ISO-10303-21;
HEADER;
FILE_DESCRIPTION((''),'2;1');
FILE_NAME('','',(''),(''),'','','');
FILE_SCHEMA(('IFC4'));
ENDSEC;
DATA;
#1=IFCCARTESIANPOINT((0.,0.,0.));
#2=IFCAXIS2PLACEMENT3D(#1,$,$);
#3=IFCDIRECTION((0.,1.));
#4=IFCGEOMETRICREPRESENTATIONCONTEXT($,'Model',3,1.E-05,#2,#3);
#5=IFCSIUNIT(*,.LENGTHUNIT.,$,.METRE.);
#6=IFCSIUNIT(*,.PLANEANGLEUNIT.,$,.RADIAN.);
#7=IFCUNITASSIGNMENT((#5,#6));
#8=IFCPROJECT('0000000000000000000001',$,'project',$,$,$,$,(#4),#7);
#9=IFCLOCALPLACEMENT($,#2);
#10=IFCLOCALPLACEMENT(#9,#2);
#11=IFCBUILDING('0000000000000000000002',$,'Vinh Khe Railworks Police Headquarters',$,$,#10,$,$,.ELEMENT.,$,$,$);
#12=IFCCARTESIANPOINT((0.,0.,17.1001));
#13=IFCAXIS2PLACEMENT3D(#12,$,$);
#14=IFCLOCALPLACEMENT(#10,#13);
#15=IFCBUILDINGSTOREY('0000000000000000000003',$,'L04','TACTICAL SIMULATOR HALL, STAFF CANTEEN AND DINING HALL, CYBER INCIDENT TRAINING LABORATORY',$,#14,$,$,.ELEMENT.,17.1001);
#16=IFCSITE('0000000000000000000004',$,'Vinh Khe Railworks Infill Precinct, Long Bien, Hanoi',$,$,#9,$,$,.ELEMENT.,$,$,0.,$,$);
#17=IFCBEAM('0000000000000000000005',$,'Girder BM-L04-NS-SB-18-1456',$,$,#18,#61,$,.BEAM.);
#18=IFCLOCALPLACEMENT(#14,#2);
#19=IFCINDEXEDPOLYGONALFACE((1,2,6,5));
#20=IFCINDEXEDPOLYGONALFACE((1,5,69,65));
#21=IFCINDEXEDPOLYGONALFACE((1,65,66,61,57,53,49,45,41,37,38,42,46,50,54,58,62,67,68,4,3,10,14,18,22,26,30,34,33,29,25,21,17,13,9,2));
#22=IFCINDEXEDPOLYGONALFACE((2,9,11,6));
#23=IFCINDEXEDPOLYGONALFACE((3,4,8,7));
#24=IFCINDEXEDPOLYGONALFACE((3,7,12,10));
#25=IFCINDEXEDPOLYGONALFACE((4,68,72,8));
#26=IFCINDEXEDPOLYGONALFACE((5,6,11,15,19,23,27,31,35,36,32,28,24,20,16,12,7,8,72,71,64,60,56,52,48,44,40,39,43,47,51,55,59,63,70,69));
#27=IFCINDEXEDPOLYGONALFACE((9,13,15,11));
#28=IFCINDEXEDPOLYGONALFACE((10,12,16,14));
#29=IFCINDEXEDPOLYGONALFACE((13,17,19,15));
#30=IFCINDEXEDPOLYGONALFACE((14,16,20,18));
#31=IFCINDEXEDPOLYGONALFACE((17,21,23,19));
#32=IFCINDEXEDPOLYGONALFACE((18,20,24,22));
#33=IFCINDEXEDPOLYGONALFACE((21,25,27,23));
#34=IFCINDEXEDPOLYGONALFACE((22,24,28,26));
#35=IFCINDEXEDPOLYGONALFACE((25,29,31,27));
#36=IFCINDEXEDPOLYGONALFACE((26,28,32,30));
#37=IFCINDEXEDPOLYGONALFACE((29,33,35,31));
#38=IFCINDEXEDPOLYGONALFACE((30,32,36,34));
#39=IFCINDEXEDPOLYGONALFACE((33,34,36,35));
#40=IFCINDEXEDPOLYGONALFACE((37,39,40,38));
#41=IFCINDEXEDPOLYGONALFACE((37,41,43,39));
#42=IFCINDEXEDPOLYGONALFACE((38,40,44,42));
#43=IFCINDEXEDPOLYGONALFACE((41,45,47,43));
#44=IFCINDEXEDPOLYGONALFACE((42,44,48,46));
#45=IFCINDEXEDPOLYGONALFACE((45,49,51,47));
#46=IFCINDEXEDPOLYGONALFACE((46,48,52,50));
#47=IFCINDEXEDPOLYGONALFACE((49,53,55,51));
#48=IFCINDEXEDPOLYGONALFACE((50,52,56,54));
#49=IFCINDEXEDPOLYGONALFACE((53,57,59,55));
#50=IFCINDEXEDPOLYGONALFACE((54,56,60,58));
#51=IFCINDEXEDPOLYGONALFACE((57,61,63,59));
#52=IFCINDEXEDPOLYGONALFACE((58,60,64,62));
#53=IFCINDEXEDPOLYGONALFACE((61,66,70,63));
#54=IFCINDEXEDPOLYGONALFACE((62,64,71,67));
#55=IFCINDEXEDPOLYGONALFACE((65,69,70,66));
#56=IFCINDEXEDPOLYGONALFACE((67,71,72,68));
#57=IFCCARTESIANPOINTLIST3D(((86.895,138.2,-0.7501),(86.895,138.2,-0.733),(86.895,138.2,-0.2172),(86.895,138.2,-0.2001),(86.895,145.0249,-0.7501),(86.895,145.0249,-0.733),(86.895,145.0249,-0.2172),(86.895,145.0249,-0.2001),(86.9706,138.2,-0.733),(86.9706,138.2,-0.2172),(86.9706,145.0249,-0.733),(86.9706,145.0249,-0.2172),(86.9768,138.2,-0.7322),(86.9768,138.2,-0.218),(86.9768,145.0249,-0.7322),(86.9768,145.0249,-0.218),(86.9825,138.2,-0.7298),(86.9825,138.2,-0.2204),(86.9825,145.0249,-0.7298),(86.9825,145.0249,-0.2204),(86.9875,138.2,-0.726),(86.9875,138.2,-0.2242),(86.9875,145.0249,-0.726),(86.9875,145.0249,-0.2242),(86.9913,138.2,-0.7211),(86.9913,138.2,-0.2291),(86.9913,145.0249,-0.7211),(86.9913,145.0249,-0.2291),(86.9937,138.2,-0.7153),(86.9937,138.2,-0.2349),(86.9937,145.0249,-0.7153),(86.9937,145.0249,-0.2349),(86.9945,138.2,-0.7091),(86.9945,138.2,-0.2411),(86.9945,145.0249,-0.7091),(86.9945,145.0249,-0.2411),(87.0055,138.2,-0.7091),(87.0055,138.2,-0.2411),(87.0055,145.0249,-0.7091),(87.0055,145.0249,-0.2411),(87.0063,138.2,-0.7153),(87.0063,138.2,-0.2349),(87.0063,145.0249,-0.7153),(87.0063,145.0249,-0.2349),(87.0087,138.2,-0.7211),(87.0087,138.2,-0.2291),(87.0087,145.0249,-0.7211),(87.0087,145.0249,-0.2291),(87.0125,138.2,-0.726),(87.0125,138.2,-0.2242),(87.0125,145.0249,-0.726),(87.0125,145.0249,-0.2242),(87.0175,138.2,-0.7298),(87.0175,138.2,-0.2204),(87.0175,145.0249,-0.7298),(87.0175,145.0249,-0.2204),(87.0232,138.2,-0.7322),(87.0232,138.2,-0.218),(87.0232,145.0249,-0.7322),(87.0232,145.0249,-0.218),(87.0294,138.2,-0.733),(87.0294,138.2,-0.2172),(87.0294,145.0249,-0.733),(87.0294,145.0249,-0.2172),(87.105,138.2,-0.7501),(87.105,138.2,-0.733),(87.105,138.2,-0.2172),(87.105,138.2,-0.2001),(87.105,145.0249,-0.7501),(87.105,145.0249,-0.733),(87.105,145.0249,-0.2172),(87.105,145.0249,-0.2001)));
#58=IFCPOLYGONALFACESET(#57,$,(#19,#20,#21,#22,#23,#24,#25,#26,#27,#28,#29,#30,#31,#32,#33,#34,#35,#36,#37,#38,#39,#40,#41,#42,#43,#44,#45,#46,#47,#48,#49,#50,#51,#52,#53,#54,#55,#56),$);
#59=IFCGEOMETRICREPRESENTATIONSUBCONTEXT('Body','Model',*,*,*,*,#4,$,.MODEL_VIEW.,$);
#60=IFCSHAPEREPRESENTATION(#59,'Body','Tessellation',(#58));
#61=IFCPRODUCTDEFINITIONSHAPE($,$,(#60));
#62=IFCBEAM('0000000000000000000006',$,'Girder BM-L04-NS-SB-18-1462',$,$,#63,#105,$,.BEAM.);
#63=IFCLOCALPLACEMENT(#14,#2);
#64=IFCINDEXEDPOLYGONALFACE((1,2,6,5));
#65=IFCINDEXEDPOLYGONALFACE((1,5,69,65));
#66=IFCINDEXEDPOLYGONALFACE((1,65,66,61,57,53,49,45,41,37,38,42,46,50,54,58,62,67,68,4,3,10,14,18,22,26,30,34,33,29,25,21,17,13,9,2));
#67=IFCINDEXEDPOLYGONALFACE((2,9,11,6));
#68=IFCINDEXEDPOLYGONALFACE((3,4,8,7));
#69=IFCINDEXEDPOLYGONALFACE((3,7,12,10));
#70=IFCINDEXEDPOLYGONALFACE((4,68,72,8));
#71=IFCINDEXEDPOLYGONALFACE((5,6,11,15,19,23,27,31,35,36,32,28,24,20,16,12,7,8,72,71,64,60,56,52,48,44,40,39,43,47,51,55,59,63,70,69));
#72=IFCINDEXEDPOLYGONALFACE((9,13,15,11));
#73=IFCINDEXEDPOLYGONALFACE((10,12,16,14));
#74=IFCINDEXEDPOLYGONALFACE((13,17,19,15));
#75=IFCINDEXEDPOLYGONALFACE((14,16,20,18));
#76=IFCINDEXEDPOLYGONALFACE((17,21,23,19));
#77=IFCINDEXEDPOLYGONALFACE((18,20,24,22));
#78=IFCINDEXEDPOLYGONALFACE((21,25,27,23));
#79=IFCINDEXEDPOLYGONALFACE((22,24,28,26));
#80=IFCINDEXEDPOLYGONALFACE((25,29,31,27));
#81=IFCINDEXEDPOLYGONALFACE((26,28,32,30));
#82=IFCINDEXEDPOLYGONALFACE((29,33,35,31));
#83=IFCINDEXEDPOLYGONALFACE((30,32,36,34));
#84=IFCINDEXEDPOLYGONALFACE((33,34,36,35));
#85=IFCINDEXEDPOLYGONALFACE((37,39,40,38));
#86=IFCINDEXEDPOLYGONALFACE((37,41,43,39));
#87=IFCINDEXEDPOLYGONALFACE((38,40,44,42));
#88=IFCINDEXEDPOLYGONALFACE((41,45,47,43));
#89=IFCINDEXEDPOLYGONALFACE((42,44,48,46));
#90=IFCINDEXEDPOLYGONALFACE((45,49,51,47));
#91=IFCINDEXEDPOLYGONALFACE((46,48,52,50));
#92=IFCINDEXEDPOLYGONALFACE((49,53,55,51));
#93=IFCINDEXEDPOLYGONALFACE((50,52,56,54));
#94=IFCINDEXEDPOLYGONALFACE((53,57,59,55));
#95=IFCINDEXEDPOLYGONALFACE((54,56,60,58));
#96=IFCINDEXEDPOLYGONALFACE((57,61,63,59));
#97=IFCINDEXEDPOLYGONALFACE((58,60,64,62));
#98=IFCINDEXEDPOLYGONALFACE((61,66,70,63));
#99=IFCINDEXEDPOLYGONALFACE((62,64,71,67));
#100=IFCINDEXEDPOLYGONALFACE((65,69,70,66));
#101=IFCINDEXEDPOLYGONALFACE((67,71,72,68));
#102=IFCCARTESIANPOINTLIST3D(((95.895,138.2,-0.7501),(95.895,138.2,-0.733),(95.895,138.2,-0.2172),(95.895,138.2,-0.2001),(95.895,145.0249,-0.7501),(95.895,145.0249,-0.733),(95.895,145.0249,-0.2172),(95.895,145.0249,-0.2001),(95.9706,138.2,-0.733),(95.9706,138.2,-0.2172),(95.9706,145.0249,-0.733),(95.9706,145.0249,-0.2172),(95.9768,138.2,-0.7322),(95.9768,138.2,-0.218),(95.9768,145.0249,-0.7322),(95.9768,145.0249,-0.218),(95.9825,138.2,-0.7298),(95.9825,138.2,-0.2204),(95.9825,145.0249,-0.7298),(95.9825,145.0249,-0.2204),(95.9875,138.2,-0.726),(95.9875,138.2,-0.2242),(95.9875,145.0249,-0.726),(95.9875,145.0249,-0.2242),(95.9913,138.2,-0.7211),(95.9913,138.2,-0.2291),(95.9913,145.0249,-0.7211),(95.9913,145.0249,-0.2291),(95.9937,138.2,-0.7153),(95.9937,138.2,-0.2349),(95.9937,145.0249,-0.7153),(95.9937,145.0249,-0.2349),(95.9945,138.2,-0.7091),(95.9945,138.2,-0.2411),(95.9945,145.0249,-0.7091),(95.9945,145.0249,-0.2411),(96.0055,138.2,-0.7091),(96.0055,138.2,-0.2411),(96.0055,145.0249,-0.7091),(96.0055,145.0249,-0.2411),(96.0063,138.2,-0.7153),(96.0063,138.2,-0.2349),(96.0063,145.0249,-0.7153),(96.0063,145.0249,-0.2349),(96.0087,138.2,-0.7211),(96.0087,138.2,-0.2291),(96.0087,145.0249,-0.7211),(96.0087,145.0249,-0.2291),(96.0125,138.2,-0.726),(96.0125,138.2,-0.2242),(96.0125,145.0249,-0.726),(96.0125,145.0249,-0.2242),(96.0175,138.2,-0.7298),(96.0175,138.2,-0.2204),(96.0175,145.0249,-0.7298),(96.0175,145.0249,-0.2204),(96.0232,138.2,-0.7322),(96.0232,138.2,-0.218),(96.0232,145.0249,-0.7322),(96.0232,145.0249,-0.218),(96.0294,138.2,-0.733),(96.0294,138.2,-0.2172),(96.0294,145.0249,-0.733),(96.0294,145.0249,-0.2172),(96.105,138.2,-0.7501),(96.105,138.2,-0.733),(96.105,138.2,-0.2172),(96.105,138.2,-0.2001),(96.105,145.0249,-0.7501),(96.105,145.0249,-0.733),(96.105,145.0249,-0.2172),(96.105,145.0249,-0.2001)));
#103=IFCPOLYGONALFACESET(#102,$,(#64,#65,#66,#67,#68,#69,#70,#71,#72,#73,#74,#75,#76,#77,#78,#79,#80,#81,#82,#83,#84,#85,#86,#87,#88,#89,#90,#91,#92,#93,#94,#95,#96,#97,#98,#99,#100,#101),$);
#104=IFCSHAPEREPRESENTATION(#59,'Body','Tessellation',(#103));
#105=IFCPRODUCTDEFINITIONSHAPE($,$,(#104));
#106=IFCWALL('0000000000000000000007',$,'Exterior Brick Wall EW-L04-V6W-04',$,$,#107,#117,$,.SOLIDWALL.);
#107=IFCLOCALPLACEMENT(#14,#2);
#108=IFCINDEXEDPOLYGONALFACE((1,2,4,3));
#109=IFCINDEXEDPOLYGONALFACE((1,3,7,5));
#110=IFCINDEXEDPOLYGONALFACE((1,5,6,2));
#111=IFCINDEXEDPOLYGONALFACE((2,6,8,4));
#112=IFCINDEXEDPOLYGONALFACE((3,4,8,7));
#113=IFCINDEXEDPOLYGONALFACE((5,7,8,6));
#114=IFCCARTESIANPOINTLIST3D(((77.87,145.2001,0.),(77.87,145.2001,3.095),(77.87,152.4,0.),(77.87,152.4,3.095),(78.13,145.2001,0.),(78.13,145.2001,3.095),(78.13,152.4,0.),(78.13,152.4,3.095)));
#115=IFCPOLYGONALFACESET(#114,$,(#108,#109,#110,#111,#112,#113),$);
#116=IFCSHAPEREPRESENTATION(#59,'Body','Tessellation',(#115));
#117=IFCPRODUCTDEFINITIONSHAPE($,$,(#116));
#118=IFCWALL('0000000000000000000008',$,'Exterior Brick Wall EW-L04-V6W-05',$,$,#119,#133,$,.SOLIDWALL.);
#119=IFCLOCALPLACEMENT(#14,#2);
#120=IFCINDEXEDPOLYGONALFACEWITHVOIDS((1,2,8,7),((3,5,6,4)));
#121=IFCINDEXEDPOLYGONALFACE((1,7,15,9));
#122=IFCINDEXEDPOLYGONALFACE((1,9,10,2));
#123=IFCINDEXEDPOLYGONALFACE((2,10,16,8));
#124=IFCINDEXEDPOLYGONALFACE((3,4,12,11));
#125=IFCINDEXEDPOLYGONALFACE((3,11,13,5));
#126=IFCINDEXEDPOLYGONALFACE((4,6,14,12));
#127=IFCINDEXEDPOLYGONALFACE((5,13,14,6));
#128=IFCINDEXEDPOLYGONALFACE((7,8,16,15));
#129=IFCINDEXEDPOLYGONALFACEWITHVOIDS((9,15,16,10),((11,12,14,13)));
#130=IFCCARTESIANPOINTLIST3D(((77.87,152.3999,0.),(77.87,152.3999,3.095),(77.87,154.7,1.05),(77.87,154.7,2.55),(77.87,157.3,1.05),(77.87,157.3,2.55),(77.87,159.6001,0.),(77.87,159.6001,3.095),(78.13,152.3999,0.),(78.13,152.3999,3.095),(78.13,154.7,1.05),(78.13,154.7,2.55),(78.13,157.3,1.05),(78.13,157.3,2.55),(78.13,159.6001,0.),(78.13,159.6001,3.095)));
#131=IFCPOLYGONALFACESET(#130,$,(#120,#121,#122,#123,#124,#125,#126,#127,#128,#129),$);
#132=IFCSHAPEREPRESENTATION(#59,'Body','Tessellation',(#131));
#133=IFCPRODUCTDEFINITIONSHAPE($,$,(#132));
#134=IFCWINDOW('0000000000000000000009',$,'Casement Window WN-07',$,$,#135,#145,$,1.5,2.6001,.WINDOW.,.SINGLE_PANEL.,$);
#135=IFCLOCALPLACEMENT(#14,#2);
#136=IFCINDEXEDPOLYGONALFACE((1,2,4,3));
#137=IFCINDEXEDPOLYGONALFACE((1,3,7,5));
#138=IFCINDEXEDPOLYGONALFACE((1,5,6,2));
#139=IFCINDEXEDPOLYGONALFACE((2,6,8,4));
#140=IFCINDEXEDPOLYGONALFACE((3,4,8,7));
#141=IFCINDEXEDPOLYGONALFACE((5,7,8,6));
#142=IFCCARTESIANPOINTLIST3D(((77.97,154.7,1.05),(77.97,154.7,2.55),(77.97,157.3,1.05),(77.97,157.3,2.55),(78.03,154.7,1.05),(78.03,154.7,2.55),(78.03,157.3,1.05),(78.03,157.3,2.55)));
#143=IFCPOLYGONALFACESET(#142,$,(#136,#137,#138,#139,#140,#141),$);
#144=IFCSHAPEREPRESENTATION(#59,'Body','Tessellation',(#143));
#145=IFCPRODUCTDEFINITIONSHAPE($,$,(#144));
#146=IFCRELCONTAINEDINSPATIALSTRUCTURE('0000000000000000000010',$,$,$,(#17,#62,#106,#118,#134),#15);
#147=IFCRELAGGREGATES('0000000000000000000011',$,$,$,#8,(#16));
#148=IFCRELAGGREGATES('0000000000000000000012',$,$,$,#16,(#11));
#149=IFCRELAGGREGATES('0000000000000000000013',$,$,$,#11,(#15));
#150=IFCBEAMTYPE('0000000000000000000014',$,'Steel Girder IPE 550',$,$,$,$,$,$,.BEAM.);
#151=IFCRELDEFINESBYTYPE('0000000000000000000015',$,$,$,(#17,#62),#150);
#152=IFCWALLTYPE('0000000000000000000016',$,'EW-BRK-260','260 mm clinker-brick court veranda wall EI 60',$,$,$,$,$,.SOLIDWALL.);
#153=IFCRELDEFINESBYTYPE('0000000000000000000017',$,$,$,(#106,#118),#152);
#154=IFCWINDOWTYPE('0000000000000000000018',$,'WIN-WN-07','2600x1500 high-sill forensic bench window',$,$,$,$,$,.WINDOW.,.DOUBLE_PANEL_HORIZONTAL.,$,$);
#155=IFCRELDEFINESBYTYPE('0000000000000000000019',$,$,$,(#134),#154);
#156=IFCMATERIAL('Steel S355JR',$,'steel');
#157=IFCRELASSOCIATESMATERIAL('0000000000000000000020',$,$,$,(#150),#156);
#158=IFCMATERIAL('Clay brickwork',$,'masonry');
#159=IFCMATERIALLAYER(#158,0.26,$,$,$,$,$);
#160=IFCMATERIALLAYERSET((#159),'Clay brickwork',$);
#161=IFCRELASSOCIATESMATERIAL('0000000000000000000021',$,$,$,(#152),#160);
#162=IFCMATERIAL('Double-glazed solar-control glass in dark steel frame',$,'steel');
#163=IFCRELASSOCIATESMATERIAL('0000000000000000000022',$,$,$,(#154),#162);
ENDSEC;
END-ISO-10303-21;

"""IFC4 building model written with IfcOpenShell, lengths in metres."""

from ifc_helpers import new_model, si_unit, direction, frame, frame_2d, origin, origin_2d, place, context, subcontext, project, spatial, rectangle, i_section, extrude, material, layer, layer_set, material_profile, profile_set, type_object, element, fill, save


model = new_model("IFC4")

# Units and contexts
model_context = context("Model", 3, precision=1e-05, world=origin(), true_north=direction((0.0, 1.0)))
body_context = subcontext(model_context, "Body", "Model", "MODEL_VIEW")
ifc_project = project(units=[si_unit("LENGTHUNIT", "METRE"), si_unit("PLANEANGLEUNIT", "RADIAN")], contexts=[model_context])

# Site, building, storey
site_placement = place(None, origin())
site = spatial("IfcSite", under=ifc_project, at=site_placement, Name="Vinh Khe Railworks Infill Precinct, Long Bien, Hanoi", CompositionType="ELEMENT", RefElevation=0.0)
building_placement = place(site_placement, origin())
building = spatial("IfcBuilding", under=site, at=building_placement, Name="Vinh Khe Railworks Police Headquarters", CompositionType="ELEMENT")
storey_placement = place(building_placement, frame((0.0, 0.0, 17.1001)))
storey = spatial("IfcBuildingStorey", under=building, at=storey_placement, Name="L04", Description="TACTICAL SIMULATOR HALL, STAFF CANTEEN AND DINING HALL, CYBER INCIDENT TRAINING LABORATORY", CompositionType="ELEMENT", Elevation=17.1001)

# Shared definitions
ifc_material_1 = material(Name="Steel S355JR", Category="steel")

# Beams
ifc_material_profile_1 = material_profile(ifc_material_1, i_section(OverallWidth=0.21, OverallDepth=0.55, WebThickness=0.011, FlangeThickness=0.0171, FilletRadius=0.0239, at=origin_2d()), Name="IPE 550")
ifc_profile_set_1 = profile_set([ifc_material_profile_1], Name="Steel S355JR")
beam_type_1 = type_object("IfcBeamType", Name="Steel Girder IPE 550", PredefinedType="BEAM", material=ifc_profile_set_1)
for number, where, z_axis, x_axis, name in (
    (1, (87.0, 138.2, -0.4751), (0.0, 1.0, 0.0), (-1.0, 0.0, 0.0), "Girder BM-L04-NS-SB-18-1456"),
    (2, (96.0, 138.2, -0.4751), (0.0, 1.0, 0.0), (-1.0, 0.0, 0.0), "Girder BM-L04-NS-SB-18-1462"),
):
    element("IfcBeam", number, at=place(storey_placement, frame(where, z_axis=z_axis, x_axis=x_axis)), inside=storey, type_object=beam_type_1, Name=name, PredefinedType="BEAM", context=body_context, shape_type="SweptSolid", body=[
        extrude(i_section(OverallWidth=0.21, OverallDepth=0.55, WebThickness=0.011, FlangeThickness=0.0171, FilletRadius=0.0239, at=origin_2d()), origin(), (0.0, 0.0, 1.0), 6.825),
    ])

# Wall
ifc_material_2 = material(Name="Clay brickwork", Category="masonry")
ifc_layer_1 = layer(ifc_material_2, 0.26)
ifc_layer_set_1 = layer_set([ifc_layer_1], Name="Clay brickwork")
wall_type_1 = type_object("IfcWallType", Name="EW-BRK-260", Description="260 mm clinker-brick court veranda wall EI 60", PredefinedType="SOLIDWALL", material=ifc_layer_set_1)
wall_1_placement = place(storey_placement, frame((78.0, 145.2, 0.0), z_axis=(0.0, 0.0, 1.0), x_axis=(0.0, 1.0, 0.0)))
element("IfcWall", 3, at=wall_1_placement, inside=storey, type_object=wall_type_1, Name="Exterior Brick Wall EW-L04-V6W-04", PredefinedType="SOLIDWALL", context=body_context, shape_type="SweptSolid", body=[
    extrude(rectangle(XDim=7.2, YDim=0.26, at=frame_2d((3.6001, 0.0))), origin(), (0.0, 0.0, 1.0), 3.095),
])

# Wall, opening, window
wall_2_placement = place(storey_placement, frame((78.0, 152.3999, 0.0), z_axis=(0.0, 0.0, 1.0), x_axis=(0.0, 1.0, 0.0)))
wall_2 = element("IfcWall", 4, at=wall_2_placement, inside=storey, type_object=wall_type_1, Name="Exterior Brick Wall EW-L04-V6W-05", PredefinedType="SOLIDWALL", context=body_context, shape_type="SweptSolid", body=[
    extrude(rectangle(XDim=7.2002, YDim=0.26, at=frame_2d((3.6001, 0.0))), origin(), (0.0, 0.0, 1.0), 3.095),
])
opening_1_placement = place(wall_2_placement, frame((2.3, 0.0, 1.05)))
opening_1 = element("IfcOpeningElement", 5, at=opening_1_placement, cuts=wall_2, PredefinedType="OPENING", context=body_context, shape_type="SweptSolid", body=[
    extrude(rectangle(XDim=2.6001, YDim=1.5, at=frame_2d((1.3, 0.75))), frame((0.0, 0.145, 0.0), z_axis=(0.0, -1.0, 0.0), x_axis=(1.0, 0.0, 0.0)), (0.0, 0.0, 1.0), 0.2898),
])
ifc_material_3 = material(Name="Double-glazed solar-control glass in dark steel frame", Category="steel")
window_type = type_object("IfcWindowType", Name="WIN-WN-07", Description="2600x1500 high-sill forensic bench window", PartitioningType="DOUBLE_PANEL_HORIZONTAL", PredefinedType="WINDOW", material=ifc_material_3)
window_1_placement = place(opening_1_placement, origin())
window_1 = element("IfcWindow", 6, at=window_1_placement, inside=storey, type_object=window_type, Name="Casement Window WN-07", OverallHeight=1.5, OverallWidth=2.6001, PartitioningType="SINGLE_PANEL", PredefinedType="WINDOW", context=body_context, shape_type="SweptSolid", body=[
    extrude(rectangle(XDim=2.6001, YDim=1.5, at=frame_2d((1.3, 0.75))), frame((0.0, 0.03, 0.0), z_axis=(0.0, -1.0, 0.0), x_axis=(1.0, 0.0, 0.0)), (0.0, 0.0, 1.0), 0.0601),
])
fill(opening_1, window_1)

save(model, "model.ifc")
